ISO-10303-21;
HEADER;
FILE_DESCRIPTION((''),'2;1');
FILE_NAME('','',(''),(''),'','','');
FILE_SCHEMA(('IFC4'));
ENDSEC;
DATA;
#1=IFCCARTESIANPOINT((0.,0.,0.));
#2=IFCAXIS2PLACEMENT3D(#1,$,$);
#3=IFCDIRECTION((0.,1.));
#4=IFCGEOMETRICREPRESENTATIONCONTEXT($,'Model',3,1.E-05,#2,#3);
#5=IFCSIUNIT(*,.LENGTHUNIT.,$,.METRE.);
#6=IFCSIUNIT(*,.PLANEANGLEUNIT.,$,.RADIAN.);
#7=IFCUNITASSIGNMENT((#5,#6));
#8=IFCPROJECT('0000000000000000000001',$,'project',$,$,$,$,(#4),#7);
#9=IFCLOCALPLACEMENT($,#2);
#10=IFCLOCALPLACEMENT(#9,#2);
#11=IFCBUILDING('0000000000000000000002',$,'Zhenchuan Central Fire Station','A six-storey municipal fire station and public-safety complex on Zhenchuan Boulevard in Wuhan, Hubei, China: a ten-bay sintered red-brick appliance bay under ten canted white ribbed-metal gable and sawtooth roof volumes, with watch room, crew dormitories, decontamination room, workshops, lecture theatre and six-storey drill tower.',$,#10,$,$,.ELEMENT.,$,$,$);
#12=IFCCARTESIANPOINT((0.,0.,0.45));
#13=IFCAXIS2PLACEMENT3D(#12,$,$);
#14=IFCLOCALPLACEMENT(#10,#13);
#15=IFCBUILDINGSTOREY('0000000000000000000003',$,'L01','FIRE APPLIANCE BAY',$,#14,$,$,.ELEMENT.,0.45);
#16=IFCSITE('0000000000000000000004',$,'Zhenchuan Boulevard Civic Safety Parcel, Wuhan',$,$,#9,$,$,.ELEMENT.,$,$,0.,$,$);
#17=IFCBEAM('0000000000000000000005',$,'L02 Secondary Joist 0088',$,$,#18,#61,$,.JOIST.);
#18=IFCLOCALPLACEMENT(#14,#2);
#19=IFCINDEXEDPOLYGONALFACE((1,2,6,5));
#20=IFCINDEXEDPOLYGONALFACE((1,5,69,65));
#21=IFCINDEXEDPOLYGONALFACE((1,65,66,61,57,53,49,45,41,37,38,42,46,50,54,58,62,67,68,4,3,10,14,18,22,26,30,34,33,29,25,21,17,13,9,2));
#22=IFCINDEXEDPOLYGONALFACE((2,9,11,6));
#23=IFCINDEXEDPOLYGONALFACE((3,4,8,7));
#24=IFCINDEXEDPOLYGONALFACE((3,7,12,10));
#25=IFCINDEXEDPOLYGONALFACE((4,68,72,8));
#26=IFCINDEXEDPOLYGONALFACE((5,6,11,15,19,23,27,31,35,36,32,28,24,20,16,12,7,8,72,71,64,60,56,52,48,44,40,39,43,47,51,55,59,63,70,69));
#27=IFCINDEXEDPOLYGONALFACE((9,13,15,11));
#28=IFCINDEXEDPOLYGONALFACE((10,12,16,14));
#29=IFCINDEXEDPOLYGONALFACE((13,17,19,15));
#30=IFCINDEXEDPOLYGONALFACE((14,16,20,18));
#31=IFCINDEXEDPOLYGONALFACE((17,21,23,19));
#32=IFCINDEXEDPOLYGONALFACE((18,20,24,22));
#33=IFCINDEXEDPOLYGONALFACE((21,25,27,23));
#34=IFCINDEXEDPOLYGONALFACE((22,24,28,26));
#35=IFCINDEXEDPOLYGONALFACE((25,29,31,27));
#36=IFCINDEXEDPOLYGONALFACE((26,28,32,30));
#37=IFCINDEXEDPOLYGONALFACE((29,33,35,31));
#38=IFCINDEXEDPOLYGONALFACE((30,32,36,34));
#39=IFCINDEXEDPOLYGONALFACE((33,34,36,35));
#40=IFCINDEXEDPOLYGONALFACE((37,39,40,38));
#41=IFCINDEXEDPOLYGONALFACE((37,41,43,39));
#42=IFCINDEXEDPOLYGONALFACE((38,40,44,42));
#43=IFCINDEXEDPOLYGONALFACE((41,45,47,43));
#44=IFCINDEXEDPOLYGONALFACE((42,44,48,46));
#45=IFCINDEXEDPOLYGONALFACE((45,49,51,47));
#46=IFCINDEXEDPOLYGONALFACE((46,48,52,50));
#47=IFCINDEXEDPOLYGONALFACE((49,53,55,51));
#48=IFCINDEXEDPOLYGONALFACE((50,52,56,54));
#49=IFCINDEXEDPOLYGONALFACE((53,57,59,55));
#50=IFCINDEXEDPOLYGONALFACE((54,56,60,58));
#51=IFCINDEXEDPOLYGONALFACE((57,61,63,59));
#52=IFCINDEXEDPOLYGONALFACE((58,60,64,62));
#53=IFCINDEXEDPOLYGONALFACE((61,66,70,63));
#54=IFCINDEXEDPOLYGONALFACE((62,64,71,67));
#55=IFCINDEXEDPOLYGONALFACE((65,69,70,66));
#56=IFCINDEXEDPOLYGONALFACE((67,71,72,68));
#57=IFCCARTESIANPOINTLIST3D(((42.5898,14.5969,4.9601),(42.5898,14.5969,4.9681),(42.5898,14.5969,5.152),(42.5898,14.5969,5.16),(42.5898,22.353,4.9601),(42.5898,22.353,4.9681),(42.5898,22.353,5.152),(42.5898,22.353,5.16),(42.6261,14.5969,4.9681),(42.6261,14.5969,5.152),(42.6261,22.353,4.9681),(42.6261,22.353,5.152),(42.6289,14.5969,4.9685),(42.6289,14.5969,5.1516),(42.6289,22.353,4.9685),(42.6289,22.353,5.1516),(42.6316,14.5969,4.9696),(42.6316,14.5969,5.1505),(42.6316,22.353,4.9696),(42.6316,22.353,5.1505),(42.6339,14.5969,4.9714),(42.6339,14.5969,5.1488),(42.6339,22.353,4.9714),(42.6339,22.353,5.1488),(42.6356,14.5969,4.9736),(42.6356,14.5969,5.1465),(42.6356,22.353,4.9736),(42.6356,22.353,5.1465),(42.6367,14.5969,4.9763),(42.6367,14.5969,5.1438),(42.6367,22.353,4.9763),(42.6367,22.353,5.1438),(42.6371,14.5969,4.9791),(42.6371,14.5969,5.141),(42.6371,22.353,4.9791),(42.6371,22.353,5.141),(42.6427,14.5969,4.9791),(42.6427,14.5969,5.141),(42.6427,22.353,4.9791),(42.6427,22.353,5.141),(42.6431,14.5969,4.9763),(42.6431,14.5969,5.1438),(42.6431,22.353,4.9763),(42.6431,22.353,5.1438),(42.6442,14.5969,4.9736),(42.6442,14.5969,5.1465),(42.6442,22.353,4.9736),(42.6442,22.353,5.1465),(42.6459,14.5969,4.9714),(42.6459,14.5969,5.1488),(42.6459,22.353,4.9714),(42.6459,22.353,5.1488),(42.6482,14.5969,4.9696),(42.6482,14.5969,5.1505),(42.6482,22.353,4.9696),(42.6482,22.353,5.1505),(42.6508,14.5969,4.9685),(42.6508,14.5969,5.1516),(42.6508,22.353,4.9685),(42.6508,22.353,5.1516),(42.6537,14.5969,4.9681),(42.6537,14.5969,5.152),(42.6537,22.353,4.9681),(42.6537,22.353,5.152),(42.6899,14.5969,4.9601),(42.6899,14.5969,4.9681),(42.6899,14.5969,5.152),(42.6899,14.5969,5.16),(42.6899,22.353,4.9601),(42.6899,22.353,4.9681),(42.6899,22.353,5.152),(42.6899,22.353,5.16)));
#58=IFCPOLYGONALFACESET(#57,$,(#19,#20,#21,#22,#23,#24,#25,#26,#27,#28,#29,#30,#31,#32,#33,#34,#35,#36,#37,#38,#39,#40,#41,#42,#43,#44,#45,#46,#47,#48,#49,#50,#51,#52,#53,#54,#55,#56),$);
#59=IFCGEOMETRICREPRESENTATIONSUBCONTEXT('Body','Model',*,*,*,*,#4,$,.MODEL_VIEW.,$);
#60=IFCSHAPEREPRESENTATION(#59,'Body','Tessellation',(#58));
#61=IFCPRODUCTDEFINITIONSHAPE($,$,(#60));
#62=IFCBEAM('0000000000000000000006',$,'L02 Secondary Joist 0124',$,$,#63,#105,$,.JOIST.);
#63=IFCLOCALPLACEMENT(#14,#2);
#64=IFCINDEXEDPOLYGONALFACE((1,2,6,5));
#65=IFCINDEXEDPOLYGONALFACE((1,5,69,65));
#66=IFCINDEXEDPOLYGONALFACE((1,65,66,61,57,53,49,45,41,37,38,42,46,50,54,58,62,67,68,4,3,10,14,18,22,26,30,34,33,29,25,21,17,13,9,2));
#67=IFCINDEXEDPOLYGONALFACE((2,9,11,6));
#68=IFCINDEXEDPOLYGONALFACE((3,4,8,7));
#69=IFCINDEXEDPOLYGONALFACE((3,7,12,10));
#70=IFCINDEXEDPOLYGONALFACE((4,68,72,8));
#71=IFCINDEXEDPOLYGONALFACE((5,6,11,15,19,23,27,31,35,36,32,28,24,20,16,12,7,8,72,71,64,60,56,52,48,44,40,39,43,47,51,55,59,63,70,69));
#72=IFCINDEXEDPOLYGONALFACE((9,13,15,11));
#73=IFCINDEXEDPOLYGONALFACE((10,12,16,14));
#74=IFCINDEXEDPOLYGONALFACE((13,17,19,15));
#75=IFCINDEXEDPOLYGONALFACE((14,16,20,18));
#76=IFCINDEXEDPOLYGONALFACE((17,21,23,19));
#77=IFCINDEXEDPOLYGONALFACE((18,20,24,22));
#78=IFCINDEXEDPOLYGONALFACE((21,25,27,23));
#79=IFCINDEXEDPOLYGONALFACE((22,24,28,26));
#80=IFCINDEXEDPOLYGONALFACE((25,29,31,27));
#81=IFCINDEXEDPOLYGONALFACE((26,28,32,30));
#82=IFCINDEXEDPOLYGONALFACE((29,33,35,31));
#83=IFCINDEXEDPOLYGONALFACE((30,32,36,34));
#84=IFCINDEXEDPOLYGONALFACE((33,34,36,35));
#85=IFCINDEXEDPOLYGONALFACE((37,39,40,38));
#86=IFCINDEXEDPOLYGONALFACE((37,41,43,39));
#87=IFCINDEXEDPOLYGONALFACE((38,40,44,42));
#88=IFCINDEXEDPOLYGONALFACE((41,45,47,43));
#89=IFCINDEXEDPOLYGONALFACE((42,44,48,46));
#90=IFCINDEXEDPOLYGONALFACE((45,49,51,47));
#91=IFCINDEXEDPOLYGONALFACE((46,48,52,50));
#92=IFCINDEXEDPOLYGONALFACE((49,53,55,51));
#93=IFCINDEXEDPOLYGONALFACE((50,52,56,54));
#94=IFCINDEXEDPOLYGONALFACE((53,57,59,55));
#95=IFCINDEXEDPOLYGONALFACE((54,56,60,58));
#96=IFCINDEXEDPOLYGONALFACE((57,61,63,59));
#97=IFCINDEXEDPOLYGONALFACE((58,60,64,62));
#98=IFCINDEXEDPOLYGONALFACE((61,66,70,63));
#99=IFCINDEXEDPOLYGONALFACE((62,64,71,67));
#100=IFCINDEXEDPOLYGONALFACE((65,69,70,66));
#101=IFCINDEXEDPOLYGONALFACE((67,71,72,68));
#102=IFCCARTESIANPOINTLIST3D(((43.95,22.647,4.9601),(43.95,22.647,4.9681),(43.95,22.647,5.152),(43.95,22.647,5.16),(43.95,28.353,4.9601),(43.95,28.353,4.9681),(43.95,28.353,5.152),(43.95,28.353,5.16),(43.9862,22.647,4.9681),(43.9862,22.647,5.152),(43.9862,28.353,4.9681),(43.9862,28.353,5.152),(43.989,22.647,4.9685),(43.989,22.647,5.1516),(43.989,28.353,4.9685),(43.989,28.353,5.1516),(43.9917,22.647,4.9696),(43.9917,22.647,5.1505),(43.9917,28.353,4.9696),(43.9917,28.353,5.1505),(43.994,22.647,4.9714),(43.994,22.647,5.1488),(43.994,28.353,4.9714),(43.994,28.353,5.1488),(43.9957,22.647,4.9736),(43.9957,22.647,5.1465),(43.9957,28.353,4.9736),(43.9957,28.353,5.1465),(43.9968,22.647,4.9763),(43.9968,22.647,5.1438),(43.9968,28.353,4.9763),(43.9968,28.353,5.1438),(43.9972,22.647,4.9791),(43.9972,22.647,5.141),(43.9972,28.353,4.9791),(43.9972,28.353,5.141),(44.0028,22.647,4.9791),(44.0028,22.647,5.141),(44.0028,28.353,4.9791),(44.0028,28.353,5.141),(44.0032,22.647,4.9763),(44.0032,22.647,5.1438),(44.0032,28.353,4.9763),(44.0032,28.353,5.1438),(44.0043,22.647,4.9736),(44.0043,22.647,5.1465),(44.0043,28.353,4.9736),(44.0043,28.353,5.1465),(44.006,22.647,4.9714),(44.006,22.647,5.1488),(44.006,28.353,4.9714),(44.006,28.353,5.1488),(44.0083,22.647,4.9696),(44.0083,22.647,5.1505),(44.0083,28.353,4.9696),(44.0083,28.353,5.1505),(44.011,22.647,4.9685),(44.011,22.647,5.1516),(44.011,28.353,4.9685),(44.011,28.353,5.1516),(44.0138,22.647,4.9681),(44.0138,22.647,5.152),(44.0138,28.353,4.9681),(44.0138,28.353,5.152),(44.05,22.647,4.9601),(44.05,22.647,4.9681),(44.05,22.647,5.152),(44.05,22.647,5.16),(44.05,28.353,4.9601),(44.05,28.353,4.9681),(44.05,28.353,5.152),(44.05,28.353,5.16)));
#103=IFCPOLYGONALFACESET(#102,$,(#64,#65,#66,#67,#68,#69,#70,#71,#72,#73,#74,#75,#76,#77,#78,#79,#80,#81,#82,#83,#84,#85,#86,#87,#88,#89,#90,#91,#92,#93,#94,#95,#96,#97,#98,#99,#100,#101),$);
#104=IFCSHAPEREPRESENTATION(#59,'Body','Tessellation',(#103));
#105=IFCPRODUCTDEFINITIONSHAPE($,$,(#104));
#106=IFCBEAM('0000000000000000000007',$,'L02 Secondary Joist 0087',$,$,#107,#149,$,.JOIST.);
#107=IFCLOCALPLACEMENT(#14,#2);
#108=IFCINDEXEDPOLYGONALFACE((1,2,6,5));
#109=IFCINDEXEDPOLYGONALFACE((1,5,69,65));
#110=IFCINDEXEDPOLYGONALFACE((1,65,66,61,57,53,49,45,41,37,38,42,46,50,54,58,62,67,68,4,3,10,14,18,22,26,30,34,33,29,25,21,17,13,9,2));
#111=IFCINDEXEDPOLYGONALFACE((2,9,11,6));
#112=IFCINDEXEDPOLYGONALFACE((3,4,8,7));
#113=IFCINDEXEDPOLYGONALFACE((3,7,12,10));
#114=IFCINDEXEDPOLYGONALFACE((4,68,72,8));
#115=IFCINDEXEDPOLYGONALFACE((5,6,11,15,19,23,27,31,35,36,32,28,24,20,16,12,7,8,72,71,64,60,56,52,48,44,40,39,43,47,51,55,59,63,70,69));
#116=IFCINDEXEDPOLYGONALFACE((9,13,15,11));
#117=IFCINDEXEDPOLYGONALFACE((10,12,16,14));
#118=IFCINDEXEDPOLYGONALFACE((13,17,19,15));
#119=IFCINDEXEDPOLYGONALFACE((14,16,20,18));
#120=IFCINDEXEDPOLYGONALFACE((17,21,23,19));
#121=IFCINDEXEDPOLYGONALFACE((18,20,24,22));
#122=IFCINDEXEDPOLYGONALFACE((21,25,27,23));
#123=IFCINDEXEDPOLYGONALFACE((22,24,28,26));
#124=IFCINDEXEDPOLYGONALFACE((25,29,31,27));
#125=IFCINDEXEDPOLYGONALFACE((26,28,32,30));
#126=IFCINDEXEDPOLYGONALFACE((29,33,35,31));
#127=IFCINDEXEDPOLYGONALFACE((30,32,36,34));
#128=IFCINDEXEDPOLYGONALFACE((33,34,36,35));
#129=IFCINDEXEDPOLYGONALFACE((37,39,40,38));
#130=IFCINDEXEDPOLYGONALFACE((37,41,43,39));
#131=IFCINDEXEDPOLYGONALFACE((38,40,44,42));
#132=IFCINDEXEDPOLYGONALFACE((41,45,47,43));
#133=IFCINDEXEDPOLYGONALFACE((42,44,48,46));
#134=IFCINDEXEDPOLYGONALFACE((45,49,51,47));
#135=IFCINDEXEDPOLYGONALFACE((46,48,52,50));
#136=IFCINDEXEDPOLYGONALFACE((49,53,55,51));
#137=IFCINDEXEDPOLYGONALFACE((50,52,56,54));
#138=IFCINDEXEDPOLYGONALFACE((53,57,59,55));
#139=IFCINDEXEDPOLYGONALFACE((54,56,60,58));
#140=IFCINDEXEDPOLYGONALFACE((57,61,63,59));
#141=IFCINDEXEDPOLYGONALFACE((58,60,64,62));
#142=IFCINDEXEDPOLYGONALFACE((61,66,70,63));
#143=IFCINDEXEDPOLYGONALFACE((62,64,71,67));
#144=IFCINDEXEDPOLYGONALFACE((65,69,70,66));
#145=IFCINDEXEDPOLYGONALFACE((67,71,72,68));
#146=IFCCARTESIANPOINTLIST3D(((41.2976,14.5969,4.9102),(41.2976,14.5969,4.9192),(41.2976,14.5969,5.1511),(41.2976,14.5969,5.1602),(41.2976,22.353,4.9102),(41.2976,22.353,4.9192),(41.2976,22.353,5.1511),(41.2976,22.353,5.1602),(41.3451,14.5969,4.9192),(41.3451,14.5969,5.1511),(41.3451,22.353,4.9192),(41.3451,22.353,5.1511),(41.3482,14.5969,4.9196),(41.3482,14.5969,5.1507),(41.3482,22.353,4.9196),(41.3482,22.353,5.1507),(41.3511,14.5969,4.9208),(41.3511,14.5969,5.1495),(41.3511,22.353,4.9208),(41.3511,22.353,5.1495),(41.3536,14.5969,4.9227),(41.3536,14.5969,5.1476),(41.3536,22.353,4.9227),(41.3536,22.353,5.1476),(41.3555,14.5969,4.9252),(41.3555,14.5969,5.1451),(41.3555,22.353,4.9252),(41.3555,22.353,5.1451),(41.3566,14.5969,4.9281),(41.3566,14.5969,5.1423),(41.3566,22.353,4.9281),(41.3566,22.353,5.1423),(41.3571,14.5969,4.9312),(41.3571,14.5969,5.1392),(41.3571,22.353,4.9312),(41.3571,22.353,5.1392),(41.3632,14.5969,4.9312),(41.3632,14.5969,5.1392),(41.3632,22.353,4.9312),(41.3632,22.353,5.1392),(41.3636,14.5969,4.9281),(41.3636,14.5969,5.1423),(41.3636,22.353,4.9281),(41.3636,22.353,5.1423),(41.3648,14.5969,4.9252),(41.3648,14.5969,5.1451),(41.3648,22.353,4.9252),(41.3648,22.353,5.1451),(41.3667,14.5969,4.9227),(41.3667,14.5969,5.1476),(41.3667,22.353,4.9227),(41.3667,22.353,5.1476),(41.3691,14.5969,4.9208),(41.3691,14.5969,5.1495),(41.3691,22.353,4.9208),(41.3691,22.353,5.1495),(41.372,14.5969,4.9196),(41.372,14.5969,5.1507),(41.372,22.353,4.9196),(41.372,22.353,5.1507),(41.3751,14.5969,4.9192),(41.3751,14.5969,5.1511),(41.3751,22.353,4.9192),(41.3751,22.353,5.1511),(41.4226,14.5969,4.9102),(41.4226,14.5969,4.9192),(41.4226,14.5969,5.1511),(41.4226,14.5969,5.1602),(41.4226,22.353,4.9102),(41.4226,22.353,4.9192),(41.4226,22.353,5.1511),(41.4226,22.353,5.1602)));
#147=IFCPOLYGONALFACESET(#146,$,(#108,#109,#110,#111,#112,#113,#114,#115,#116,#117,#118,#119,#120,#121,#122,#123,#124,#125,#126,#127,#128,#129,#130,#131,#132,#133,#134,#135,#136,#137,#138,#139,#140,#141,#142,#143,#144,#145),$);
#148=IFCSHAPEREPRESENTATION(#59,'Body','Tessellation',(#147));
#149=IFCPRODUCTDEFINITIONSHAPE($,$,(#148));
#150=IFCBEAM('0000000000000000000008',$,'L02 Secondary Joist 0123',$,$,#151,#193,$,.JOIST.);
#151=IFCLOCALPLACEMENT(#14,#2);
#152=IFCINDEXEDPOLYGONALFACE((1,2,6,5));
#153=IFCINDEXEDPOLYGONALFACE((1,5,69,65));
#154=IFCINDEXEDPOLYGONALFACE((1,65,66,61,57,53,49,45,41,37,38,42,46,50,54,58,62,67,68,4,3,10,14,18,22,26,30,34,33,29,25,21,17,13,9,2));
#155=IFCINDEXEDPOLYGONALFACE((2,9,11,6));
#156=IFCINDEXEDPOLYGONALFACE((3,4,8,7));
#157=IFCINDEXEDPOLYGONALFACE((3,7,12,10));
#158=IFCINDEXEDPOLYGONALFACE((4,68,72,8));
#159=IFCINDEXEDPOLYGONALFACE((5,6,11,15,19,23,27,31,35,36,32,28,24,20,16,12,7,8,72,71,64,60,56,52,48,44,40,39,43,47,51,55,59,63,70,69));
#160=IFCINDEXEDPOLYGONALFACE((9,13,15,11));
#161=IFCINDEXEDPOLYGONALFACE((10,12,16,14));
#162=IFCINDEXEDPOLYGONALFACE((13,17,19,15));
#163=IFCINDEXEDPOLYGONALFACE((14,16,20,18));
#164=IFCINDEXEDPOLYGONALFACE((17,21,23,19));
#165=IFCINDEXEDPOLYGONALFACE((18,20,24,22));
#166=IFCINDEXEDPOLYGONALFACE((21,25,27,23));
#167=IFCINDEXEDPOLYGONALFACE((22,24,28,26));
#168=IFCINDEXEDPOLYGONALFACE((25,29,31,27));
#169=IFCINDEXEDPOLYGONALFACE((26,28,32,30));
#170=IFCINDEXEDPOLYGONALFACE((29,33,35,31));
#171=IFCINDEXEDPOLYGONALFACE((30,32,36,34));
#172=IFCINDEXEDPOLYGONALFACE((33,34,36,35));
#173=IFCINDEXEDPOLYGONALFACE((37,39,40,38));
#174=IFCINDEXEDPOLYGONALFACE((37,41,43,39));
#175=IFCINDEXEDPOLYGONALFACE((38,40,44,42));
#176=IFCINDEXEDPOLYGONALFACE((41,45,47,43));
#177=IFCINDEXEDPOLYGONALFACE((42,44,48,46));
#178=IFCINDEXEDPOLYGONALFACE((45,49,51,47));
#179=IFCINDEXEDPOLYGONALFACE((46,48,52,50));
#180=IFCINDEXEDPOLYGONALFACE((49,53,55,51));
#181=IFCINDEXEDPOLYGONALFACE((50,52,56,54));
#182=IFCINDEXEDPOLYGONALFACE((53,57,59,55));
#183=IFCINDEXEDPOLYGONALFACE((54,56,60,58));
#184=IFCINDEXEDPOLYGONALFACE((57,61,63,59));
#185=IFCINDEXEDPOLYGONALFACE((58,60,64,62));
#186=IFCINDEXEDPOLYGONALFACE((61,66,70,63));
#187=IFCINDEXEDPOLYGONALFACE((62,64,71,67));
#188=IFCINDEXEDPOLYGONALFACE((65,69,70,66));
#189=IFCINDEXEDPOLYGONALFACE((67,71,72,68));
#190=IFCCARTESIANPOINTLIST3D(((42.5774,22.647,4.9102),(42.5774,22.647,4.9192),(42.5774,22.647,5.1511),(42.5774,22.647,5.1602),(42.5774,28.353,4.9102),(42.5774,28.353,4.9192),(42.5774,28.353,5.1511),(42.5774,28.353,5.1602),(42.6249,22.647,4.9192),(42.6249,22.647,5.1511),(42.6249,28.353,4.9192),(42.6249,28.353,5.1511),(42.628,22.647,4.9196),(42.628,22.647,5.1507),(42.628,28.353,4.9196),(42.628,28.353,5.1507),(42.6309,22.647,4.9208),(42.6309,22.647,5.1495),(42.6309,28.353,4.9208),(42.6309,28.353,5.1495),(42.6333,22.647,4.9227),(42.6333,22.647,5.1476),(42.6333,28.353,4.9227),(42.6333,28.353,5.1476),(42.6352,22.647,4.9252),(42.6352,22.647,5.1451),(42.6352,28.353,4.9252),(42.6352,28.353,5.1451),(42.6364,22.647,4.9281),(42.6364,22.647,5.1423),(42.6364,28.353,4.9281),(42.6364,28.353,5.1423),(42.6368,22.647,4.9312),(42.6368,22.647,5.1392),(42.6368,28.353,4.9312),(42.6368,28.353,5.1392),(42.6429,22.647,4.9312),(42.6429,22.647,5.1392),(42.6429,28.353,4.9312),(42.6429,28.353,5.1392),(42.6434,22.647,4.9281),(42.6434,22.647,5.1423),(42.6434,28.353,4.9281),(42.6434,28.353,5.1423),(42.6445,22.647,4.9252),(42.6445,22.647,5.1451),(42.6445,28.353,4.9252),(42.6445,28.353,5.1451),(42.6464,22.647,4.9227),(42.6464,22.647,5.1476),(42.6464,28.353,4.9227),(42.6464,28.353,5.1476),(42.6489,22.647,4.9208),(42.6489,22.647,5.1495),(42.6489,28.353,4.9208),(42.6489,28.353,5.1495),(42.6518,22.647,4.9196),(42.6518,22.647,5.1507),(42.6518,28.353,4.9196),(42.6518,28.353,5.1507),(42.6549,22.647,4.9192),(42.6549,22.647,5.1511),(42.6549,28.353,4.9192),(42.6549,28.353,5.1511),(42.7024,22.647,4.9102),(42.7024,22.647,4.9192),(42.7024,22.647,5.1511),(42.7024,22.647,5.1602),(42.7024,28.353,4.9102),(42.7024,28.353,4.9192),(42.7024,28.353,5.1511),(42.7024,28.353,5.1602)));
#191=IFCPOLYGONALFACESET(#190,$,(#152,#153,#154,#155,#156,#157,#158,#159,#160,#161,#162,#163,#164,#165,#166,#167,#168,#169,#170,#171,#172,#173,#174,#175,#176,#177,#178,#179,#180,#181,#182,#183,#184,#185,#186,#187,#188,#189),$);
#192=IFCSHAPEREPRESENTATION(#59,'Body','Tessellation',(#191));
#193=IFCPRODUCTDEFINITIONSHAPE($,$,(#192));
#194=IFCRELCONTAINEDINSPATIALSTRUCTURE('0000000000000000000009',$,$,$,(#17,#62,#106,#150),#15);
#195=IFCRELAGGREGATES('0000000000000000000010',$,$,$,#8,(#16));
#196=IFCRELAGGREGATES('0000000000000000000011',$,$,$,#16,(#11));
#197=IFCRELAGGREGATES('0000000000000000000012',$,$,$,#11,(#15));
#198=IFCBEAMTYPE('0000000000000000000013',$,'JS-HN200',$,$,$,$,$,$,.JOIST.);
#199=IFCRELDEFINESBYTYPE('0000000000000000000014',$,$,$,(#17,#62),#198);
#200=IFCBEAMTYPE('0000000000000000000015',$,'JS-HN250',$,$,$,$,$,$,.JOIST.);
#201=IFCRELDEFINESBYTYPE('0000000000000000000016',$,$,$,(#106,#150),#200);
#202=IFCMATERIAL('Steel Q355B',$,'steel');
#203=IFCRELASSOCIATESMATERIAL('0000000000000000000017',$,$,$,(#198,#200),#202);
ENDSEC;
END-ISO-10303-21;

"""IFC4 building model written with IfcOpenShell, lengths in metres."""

from ifc_helpers import new_model, si_unit, direction, frame, origin, origin_2d, place, context, subcontext, project, spatial, i_section, extrude, material, material_profile, profile_set, type_object, element, save


model = new_model("IFC4")

# Units and contexts
model_context = context("Model", 3, precision=1e-05, world=origin(), true_north=direction((0.0, 1.0)))
body_context = subcontext(model_context, "Body", "Model", "MODEL_VIEW")
ifc_project = project(units=[si_unit("LENGTHUNIT", "METRE"), si_unit("PLANEANGLEUNIT", "RADIAN")], contexts=[model_context])

# Site, building, storey
site_placement = place(None, origin())
site = spatial("IfcSite", under=ifc_project, at=site_placement, Name="Zhenchuan Boulevard Civic Safety Parcel, Wuhan", CompositionType="ELEMENT", RefElevation=0.0)
building_placement = place(site_placement, origin())
building = spatial("IfcBuilding", under=site, at=building_placement, Name="Zhenchuan Central Fire Station", Description="A six-storey municipal fire station and public-safety complex on Zhenchuan Boulevard in Wuhan, Hubei, China: a ten-bay sintered red-brick appliance bay under ten canted white ribbed-metal gable and sawtooth roof volumes, with watch room, crew dormitories, decontamination room, workshops, lecture theatre and six-storey drill tower.", CompositionType="ELEMENT")
storey_placement = place(building_placement, frame((0.0, 0.0, 0.45)))
storey = spatial("IfcBuildingStorey", under=building, at=storey_placement, Name="L01", Description="FIRE APPLIANCE BAY", CompositionType="ELEMENT", Elevation=0.45)

# Shared definitions
ifc_material_1 = material(Name="Steel Q355B", Category="steel")

# Beams
ifc_material_profile_1 = material_profile(ifc_material_1, i_section(OverallWidth=0.1001, OverallDepth=0.2, WebThickness=0.0056, FlangeThickness=0.0081, FilletRadius=0.011, at=origin_2d()), Name="HN 200x100")
ifc_profile_set_1 = profile_set([ifc_material_profile_1], Name="Steel Q355B")
beam_type_1 = type_object("IfcBeamType", Name="JS-HN200", PredefinedType="JOIST", material=ifc_profile_set_1)
beam_1_placement = place(storey_placement, frame((42.6399, 14.5969, 5.0601), z_axis=(0.0, 1.0, 0.0), x_axis=(-1.0, 0.0, 0.0)))
element("IfcBeam", 1, at=beam_1_placement, inside=storey, type_object=beam_type_1, Name="L02 Secondary Joist 0088", PredefinedType="JOIST", context=body_context, shape_type="SweptSolid", body=[
    extrude(i_section(OverallWidth=0.1001, OverallDepth=0.2, WebThickness=0.0056, FlangeThickness=0.0081, FilletRadius=0.011, at=origin_2d()), origin(), (0.0, 0.0, 1.0), 7.7561),
])
beam_2_placement = place(storey_placement, frame((44.0, 22.647, 5.0601), z_axis=(0.0, 1.0, 0.0), x_axis=(-1.0, 0.0, 0.0)))
element("IfcBeam", 2, at=beam_2_placement, inside=storey, type_object=beam_type_1, Name="L02 Secondary Joist 0124", PredefinedType="JOIST", context=body_context, shape_type="SweptSolid", body=[
    extrude(i_section(OverallWidth=0.1001, OverallDepth=0.2, WebThickness=0.0056, FlangeThickness=0.0081, FilletRadius=0.011, at=origin_2d()), origin(), (0.0, 0.0, 1.0), 5.7061),
])
ifc_material_profile_2 = material_profile(ifc_material_1, i_section(OverallWidth=0.125, OverallDepth=0.25, WebThickness=0.0061, FlangeThickness=0.009, FilletRadius=0.012, at=origin_2d()), Name="HN 250x125")
ifc_profile_set_2 = profile_set([ifc_material_profile_2], Name="Steel Q355B")
beam_type_2 = type_object("IfcBeamType", Name="JS-HN250", PredefinedType="JOIST", material=ifc_profile_set_2)
beam_3_placement = place(storey_placement, frame((41.3601, 14.5969, 5.0352), z_axis=(0.0, 1.0, 0.0), x_axis=(-1.0, 0.0, 0.0)))
element("IfcBeam", 3, at=beam_3_placement, inside=storey, type_object=beam_type_2, Name="L02 Secondary Joist 0087", PredefinedType="JOIST", context=body_context, shape_type="SweptSolid", body=[
    extrude(i_section(OverallWidth=0.125, OverallDepth=0.25, WebThickness=0.0061, FlangeThickness=0.009, FilletRadius=0.012, at=origin_2d()), origin(), (0.0, 0.0, 1.0), 7.7561),
])
beam_4_placement = place(storey_placement, frame((42.6399, 22.647, 5.0352), z_axis=(0.0, 1.0, 0.0), x_axis=(-1.0, 0.0, 0.0)))
element("IfcBeam", 4, at=beam_4_placement, inside=storey, type_object=beam_type_2, Name="L02 Secondary Joist 0123", PredefinedType="JOIST", context=body_context, shape_type="SweptSolid", body=[
    extrude(i_section(OverallWidth=0.125, OverallDepth=0.25, WebThickness=0.0061, FlangeThickness=0.009, FilletRadius=0.012, at=origin_2d()), origin(), (0.0, 0.0, 1.0), 5.7061),
])

save(model, "model.ifc")
